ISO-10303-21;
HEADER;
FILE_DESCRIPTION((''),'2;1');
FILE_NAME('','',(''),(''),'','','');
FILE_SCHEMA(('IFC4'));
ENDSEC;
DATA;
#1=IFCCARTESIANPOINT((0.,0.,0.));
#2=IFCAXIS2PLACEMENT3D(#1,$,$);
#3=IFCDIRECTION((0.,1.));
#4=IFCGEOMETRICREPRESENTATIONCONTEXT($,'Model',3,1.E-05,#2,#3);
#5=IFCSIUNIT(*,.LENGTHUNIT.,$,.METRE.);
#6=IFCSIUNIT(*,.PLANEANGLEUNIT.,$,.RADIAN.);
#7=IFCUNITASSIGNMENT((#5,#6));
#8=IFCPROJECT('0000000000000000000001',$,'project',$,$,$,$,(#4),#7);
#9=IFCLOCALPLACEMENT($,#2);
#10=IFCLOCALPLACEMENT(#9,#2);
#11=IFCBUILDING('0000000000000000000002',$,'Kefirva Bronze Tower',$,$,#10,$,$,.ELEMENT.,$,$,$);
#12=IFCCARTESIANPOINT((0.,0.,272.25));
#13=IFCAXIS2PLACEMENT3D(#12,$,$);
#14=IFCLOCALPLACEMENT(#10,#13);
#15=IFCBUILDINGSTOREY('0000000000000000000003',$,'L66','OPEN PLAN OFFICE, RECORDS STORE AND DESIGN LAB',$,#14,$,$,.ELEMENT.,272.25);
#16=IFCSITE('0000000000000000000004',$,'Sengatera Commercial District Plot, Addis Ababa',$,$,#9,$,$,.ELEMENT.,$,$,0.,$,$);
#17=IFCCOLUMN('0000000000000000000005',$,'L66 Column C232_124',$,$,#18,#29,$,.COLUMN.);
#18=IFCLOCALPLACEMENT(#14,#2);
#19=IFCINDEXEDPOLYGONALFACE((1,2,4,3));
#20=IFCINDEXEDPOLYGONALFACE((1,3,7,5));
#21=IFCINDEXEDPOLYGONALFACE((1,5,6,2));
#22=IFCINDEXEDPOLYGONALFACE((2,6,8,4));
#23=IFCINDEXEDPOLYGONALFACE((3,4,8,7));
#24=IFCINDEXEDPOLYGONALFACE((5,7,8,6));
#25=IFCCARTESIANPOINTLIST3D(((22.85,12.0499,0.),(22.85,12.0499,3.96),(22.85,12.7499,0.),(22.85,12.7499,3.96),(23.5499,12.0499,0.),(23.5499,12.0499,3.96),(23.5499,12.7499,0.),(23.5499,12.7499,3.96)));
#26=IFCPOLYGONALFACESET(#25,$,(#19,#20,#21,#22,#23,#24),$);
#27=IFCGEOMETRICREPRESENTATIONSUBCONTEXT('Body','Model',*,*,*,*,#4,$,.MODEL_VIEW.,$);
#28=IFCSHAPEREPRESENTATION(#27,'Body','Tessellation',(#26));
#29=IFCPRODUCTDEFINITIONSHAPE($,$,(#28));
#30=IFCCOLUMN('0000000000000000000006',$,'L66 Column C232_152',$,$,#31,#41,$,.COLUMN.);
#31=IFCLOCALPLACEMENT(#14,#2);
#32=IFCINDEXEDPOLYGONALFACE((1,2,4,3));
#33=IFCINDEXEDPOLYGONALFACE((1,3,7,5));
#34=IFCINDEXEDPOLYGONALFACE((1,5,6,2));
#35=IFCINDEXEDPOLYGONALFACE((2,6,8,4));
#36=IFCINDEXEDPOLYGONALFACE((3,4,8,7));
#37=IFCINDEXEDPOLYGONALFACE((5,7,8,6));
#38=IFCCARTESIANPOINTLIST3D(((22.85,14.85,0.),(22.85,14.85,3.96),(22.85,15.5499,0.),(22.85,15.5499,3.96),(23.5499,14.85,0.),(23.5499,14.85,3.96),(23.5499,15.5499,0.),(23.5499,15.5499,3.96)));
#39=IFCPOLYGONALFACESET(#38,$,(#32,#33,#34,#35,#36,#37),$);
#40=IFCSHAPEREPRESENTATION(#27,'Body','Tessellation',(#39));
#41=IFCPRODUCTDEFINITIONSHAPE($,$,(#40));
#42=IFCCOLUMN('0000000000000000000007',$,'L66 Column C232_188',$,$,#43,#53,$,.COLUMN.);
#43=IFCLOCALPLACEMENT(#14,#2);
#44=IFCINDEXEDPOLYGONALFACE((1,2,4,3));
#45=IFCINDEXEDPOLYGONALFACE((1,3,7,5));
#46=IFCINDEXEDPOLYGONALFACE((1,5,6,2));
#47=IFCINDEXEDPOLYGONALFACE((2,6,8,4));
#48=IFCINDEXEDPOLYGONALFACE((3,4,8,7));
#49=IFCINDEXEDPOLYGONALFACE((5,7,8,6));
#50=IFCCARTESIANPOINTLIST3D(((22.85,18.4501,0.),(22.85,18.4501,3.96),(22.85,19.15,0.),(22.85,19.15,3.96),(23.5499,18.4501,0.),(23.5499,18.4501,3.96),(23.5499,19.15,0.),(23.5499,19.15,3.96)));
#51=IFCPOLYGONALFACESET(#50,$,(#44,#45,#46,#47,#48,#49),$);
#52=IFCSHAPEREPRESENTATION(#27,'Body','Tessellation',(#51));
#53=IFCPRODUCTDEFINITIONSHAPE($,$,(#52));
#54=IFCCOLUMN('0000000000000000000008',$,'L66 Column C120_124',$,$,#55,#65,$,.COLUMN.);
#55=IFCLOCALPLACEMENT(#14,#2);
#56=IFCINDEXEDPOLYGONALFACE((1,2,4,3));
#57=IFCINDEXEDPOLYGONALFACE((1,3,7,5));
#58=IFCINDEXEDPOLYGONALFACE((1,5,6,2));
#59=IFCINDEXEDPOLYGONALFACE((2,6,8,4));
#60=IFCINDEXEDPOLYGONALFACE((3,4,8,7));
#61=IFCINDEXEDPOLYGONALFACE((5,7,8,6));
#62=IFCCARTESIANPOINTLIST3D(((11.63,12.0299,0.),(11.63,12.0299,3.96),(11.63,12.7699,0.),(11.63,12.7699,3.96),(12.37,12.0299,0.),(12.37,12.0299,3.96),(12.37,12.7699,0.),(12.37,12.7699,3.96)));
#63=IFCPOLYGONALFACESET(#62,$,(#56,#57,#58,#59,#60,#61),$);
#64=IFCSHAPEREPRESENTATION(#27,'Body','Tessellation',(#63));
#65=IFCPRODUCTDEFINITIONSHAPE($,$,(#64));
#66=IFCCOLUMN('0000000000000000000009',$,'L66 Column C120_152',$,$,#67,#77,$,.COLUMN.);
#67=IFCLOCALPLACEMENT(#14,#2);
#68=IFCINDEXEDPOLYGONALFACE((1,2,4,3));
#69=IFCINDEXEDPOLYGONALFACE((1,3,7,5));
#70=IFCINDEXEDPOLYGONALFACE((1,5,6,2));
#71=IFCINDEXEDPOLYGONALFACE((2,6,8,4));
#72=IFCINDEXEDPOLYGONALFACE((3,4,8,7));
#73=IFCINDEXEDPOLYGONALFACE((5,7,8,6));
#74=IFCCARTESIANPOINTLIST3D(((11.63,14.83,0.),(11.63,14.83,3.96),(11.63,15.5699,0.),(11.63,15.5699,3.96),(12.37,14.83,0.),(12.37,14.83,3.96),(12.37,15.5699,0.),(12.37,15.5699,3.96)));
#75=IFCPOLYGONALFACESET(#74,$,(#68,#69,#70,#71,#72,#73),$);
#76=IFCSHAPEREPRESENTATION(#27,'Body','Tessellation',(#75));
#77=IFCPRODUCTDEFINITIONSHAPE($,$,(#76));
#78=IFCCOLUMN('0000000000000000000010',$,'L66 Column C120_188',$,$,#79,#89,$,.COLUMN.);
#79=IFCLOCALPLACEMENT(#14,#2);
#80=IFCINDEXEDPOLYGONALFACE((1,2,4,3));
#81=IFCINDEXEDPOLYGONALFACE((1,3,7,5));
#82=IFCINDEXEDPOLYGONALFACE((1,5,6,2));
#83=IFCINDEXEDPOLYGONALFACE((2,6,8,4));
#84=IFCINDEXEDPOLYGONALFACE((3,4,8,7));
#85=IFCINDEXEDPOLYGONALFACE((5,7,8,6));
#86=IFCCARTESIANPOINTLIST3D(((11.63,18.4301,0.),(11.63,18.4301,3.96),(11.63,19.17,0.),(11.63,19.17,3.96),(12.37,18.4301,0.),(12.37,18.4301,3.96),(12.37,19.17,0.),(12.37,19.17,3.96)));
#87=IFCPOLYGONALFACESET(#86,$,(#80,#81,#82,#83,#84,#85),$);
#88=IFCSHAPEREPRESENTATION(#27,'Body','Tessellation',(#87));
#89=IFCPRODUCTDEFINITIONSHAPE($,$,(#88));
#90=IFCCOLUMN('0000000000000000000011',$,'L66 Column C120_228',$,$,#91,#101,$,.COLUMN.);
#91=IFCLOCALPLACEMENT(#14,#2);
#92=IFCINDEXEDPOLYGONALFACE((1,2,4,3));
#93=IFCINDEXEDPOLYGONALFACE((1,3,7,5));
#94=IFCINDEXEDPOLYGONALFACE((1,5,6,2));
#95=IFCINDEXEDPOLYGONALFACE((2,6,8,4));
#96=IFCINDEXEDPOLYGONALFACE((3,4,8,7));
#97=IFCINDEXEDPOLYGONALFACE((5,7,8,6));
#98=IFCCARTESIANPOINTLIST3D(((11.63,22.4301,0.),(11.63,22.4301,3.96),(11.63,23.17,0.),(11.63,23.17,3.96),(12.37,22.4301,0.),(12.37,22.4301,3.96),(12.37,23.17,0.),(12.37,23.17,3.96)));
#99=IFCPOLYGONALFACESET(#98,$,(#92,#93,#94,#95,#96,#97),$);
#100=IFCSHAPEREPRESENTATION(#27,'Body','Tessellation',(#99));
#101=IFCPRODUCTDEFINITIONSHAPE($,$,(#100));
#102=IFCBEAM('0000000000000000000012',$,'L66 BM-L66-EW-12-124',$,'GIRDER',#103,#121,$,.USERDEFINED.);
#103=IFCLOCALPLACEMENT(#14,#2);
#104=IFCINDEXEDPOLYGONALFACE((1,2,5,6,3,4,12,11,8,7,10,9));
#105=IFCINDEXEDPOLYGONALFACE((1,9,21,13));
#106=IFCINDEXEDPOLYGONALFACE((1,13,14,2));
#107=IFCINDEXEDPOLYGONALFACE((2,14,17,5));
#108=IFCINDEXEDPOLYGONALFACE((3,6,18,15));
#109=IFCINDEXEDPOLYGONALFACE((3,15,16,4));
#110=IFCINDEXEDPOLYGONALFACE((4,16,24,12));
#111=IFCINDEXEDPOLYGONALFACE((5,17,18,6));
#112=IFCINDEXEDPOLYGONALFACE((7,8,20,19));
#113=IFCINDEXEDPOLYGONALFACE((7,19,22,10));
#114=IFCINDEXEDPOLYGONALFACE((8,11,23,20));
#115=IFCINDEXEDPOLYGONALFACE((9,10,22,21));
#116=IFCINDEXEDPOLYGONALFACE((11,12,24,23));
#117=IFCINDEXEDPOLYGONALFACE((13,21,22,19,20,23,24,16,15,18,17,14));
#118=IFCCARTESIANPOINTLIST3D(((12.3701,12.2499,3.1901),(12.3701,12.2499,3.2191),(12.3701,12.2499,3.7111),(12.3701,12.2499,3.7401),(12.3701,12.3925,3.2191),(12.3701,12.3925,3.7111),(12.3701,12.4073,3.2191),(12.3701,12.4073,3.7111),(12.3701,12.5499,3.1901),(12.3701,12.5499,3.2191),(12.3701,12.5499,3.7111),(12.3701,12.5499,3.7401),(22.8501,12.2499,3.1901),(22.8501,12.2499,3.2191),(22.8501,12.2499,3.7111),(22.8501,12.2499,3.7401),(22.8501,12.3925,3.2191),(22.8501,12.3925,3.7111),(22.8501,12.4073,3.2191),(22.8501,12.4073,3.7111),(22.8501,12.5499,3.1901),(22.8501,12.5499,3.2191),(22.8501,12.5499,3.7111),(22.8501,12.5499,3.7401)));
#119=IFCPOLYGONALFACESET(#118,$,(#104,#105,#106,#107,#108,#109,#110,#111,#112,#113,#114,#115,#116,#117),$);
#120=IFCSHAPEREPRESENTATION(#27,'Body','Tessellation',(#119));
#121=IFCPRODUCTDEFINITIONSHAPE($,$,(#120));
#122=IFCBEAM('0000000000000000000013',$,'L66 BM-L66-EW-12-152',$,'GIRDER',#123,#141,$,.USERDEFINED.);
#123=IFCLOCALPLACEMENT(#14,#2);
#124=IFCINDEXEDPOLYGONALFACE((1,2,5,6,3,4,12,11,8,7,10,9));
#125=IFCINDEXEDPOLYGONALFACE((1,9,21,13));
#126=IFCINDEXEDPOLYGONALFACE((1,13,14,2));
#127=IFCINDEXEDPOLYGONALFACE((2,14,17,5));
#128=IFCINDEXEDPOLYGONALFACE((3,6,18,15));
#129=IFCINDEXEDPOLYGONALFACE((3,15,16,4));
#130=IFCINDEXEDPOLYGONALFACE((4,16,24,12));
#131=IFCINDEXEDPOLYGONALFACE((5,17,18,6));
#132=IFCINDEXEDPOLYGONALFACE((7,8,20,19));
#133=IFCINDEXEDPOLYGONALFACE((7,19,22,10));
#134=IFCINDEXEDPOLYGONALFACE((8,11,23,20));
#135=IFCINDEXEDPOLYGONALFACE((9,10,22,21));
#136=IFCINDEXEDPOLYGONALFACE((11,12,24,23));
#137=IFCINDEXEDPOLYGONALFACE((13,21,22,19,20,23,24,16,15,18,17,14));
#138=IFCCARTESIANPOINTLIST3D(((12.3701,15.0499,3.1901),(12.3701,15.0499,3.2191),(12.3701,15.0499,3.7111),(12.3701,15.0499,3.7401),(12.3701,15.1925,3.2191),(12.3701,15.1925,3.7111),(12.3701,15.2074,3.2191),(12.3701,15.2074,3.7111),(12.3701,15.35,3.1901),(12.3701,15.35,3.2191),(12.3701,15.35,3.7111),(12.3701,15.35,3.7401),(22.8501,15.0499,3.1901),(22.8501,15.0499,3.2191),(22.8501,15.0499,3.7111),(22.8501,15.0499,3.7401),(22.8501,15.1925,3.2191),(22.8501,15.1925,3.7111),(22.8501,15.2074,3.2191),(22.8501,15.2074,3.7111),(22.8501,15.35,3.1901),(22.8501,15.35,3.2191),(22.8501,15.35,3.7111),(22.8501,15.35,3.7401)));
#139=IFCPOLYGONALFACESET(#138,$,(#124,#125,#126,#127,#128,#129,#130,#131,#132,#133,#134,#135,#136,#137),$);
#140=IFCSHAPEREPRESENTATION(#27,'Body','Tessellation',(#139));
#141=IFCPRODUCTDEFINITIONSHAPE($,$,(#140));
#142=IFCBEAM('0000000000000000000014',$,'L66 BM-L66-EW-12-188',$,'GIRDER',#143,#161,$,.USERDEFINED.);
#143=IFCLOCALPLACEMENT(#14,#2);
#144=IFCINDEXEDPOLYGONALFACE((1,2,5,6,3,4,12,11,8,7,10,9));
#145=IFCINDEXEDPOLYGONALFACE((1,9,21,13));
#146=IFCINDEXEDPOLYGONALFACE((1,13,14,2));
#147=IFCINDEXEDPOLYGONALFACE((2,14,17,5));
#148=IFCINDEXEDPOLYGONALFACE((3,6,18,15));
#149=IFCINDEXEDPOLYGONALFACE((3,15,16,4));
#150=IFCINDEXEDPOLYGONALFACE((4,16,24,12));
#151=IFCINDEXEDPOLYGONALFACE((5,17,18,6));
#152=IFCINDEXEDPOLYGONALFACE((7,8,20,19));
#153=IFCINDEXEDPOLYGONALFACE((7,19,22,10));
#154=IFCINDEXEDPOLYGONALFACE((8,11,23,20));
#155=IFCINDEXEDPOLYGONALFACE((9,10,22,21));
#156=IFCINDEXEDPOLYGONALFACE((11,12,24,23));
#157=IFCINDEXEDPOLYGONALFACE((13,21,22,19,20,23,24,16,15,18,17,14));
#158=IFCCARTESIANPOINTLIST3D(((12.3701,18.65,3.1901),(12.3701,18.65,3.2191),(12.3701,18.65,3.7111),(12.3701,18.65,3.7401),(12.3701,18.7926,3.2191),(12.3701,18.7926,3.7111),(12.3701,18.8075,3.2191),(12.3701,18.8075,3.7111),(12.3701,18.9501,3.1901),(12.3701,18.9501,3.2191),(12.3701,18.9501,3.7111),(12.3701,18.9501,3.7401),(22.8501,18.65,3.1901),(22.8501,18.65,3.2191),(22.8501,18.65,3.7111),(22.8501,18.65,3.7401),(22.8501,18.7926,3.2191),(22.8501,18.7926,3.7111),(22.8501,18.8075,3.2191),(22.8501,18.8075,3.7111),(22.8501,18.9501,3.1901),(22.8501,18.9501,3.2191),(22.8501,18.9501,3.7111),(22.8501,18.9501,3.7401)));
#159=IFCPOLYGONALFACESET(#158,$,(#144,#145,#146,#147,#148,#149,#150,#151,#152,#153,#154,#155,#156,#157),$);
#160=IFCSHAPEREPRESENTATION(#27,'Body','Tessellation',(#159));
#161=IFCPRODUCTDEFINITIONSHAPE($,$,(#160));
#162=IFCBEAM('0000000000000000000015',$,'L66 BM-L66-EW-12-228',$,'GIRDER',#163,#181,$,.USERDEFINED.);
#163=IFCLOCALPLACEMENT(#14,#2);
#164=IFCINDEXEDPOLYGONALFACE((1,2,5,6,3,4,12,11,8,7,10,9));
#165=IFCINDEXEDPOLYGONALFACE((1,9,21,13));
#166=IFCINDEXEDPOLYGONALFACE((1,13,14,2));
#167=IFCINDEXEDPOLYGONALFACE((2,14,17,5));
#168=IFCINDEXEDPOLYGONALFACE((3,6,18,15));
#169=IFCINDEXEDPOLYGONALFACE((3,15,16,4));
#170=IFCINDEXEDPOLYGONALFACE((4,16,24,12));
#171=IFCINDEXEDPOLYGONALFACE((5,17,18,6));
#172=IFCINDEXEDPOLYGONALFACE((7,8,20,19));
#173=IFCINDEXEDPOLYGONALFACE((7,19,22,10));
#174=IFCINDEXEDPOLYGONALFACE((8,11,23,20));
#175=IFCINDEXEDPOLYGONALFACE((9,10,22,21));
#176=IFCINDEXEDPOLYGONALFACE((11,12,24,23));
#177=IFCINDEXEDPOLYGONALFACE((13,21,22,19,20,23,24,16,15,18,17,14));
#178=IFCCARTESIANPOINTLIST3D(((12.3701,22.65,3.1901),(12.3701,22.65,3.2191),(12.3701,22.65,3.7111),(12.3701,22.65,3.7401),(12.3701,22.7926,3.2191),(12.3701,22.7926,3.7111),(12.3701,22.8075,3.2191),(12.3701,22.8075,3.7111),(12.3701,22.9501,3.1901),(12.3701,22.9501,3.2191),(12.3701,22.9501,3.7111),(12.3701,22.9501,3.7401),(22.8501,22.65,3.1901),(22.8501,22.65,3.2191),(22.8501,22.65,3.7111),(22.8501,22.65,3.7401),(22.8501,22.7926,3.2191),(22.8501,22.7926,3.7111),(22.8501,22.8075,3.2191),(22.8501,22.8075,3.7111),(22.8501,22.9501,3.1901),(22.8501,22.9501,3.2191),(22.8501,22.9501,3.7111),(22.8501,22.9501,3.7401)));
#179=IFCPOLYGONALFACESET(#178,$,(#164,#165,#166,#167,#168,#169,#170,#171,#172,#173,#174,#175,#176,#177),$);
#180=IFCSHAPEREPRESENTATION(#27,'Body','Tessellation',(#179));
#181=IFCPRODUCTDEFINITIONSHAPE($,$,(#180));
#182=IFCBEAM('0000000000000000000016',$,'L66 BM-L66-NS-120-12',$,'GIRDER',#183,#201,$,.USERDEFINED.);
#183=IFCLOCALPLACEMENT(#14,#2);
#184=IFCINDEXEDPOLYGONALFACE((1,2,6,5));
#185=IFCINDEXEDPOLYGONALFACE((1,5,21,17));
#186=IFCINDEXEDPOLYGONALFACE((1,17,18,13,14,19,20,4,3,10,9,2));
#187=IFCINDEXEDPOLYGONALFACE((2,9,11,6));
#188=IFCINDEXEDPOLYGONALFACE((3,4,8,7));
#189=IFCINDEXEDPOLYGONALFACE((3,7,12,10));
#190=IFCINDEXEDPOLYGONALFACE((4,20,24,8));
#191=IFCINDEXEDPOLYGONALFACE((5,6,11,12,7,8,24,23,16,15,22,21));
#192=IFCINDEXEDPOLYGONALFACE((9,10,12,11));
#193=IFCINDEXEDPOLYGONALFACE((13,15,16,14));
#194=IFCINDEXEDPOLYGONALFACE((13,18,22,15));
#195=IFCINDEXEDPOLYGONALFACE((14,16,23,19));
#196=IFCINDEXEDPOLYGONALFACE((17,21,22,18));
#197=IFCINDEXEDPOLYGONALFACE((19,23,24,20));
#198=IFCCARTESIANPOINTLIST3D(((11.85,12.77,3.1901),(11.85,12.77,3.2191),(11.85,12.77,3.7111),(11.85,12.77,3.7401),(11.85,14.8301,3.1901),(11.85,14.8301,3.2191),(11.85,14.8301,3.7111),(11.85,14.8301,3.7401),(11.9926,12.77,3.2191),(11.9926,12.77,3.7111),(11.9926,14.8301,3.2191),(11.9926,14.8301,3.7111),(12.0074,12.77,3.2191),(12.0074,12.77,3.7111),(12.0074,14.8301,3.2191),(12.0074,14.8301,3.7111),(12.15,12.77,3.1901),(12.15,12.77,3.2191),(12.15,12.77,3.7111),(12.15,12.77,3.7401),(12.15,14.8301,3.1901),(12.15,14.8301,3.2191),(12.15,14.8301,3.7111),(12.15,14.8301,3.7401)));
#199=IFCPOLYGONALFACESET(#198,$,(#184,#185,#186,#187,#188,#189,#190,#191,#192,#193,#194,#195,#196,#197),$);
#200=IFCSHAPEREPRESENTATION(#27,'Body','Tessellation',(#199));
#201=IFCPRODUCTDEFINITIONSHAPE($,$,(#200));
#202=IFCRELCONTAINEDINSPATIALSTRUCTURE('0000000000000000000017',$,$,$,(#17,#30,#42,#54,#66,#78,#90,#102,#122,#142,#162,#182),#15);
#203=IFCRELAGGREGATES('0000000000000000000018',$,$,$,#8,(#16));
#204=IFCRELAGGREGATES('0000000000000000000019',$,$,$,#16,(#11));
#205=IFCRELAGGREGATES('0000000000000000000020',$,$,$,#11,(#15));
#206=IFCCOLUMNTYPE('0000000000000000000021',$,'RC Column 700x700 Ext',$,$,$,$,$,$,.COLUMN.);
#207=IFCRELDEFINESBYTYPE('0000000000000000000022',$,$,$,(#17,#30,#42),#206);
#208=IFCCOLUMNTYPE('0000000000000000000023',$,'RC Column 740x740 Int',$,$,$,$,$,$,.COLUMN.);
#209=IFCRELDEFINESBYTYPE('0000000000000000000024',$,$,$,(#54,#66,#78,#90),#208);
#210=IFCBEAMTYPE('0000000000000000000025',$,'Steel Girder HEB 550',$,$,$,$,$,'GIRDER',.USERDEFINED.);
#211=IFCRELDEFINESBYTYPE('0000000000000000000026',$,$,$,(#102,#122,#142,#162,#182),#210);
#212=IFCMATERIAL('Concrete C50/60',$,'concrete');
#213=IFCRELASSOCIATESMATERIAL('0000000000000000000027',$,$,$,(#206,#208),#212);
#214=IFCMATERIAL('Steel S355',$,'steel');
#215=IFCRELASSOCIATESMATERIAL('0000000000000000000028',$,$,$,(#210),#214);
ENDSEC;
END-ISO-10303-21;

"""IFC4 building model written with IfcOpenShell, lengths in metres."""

from ifc_helpers import new_model, si_unit, direction, frame, origin, origin_2d, place, context, subcontext, project, spatial, rectangle, i_section, extrude, material, material_profile, profile_set, type_object, element, save


model = new_model("IFC4")

# Units and contexts
model_context = context("Model", 3, precision=1e-05, world=origin(), true_north=direction((0.0, 1.0)))
body_context = subcontext(model_context, "Body", "Model", "MODEL_VIEW")
ifc_project = project(units=[si_unit("LENGTHUNIT", "METRE"), si_unit("PLANEANGLEUNIT", "RADIAN")], contexts=[model_context])

# Site, building, storey
site_placement = place(None, origin())
site = spatial("IfcSite", under=ifc_project, at=site_placement, Name="Sengatera Commercial District Plot, Addis Ababa", CompositionType="ELEMENT", RefElevation=0.0)
building_placement = place(site_placement, origin())
building = spatial("IfcBuilding", under=site, at=building_placement, Name="Kefirva Bronze Tower", CompositionType="ELEMENT")
storey_placement = place(building_placement, frame((0.0, 0.0, 272.25)))
storey = spatial("IfcBuildingStorey", under=building, at=storey_placement, Name="L66", Description="OPEN PLAN OFFICE, RECORDS STORE AND DESIGN LAB", CompositionType="ELEMENT", Elevation=272.25)

# Columns
ifc_material_1 = material(Name="Concrete C50/60", Category="concrete")
ifc_material_profile_1 = material_profile(ifc_material_1, rectangle(XDim=0.7, YDim=0.7, at=origin_2d()), Name="RC 700x700")
ifc_profile_set_1 = profile_set([ifc_material_profile_1], Name="Concrete C50/60")
column_type_1 = type_object("IfcColumnType", Name="RC Column 700x700 Ext", PredefinedType="COLUMN", material=ifc_profile_set_1)
for number, where, z_axis, x_axis, name in (
    (1, (23.2, 12.3999, 0.0), (0.0, 0.0, 1.0), (1.0, 0.0, 0.0), "L66 Column C232_124"),
    (2, (23.2, 15.2, 0.0), (0.0, 0.0, 1.0), (1.0, 0.0, 0.0), "L66 Column C232_152"),
    (3, (23.2, 18.8, 0.0), (0.0, 0.0, 1.0), (1.0, 0.0, 0.0), "L66 Column C232_188"),
):
    element("IfcColumn", number, at=place(storey_placement, frame(where, z_axis=z_axis, x_axis=x_axis)), inside=storey, type_object=column_type_1, Name=name, PredefinedType="COLUMN", context=body_context, shape_type="SweptSolid", body=[
        extrude(rectangle(XDim=0.7, YDim=0.7, at=origin_2d()), origin(), (0.0, 0.0, 1.0), 3.96),
    ])
ifc_material_profile_2 = material_profile(ifc_material_1, rectangle(XDim=0.74, YDim=0.74, at=origin_2d()), Name="RC 740x740")
ifc_profile_set_2 = profile_set([ifc_material_profile_2], Name="Concrete C50/60")
column_type_2 = type_object("IfcColumnType", Name="RC Column 740x740 Int", PredefinedType="COLUMN", material=ifc_profile_set_2)
for number, where, z_axis, x_axis, name in (
    (4, (12.0, 12.3999, 0.0), (0.0, 0.0, 1.0), (1.0, 0.0, 0.0), "L66 Column C120_124"),
    (5, (12.0, 15.2, 0.0), (0.0, 0.0, 1.0), (1.0, 0.0, 0.0), "L66 Column C120_152"),
    (6, (12.0, 18.8, 0.0), (0.0, 0.0, 1.0), (1.0, 0.0, 0.0), "L66 Column C120_188"),
    (7, (12.0, 22.8, 0.0), (0.0, 0.0, 1.0), (1.0, 0.0, 0.0), "L66 Column C120_228"),
):
    element("IfcColumn", number, at=place(storey_placement, frame(where, z_axis=z_axis, x_axis=x_axis)), inside=storey, type_object=column_type_2, Name=name, PredefinedType="COLUMN", context=body_context, shape_type="SweptSolid", body=[
        extrude(rectangle(XDim=0.74, YDim=0.74, at=origin_2d()), origin(), (0.0, 0.0, 1.0), 3.96),
    ])

# Beams
ifc_material_2 = material(Name="Steel S355", Category="steel")
ifc_material_profile_3 = material_profile(ifc_material_2, i_section(OverallWidth=0.3, OverallDepth=0.55, WebThickness=0.0149, FlangeThickness=0.0291, at=origin_2d()), Name="HEB 550")
ifc_profile_set_3 = profile_set([ifc_material_profile_3], Name="Steel S355")
beam_type_1 = type_object("IfcBeamType", Name="Steel Girder HEB 550", ElementType="GIRDER", PredefinedType="USERDEFINED", material=ifc_profile_set_3)
for number, where, z_axis, x_axis, name in (
    (8, (12.3701, 12.3999, 3.4651), (1.0, 0.0, 0.0), (0.0, 1.0, 0.0), "L66 BM-L66-EW-12-124"),
    (9, (12.3701, 15.2, 3.4651), (1.0, 0.0, 0.0), (0.0, 1.0, 0.0), "L66 BM-L66-EW-12-152"),
    (10, (12.3701, 18.8, 3.4651), (1.0, 0.0, 0.0), (0.0, 1.0, 0.0), "L66 BM-L66-EW-12-188"),
    (11, (12.3701, 22.8, 3.4651), (1.0, 0.0, 0.0), (0.0, 1.0, 0.0), "L66 BM-L66-EW-12-228"),
):
    element("IfcBeam", number, at=place(storey_placement, frame(where, z_axis=z_axis, x_axis=x_axis)), inside=storey, type_object=beam_type_1, Name=name, ObjectType="GIRDER", PredefinedType="USERDEFINED", context=body_context, shape_type="SweptSolid", body=[
        extrude(i_section(OverallWidth=0.3, OverallDepth=0.55, WebThickness=0.0149, FlangeThickness=0.0291, at=origin_2d()), origin(), (0.0, 0.0, 1.0), 10.48),
    ])
beam_1_placement = place(storey_placement, frame((12.0, 12.77, 3.4651), z_axis=(0.0, 1.0, 0.0), x_axis=(-1.0, 0.0, 0.0)))
element("IfcBeam", 12, at=beam_1_placement, inside=storey, type_object=beam_type_1, Name="L66 BM-L66-NS-120-12", ObjectType="GIRDER", PredefinedType="USERDEFINED", context=body_context, shape_type="SweptSolid", body=[
    extrude(i_section(OverallWidth=0.3, OverallDepth=0.55, WebThickness=0.0149, FlangeThickness=0.0291, at=origin_2d()), origin(), (0.0, 0.0, 1.0), 2.0601),
])

save(model, "model.ifc")
